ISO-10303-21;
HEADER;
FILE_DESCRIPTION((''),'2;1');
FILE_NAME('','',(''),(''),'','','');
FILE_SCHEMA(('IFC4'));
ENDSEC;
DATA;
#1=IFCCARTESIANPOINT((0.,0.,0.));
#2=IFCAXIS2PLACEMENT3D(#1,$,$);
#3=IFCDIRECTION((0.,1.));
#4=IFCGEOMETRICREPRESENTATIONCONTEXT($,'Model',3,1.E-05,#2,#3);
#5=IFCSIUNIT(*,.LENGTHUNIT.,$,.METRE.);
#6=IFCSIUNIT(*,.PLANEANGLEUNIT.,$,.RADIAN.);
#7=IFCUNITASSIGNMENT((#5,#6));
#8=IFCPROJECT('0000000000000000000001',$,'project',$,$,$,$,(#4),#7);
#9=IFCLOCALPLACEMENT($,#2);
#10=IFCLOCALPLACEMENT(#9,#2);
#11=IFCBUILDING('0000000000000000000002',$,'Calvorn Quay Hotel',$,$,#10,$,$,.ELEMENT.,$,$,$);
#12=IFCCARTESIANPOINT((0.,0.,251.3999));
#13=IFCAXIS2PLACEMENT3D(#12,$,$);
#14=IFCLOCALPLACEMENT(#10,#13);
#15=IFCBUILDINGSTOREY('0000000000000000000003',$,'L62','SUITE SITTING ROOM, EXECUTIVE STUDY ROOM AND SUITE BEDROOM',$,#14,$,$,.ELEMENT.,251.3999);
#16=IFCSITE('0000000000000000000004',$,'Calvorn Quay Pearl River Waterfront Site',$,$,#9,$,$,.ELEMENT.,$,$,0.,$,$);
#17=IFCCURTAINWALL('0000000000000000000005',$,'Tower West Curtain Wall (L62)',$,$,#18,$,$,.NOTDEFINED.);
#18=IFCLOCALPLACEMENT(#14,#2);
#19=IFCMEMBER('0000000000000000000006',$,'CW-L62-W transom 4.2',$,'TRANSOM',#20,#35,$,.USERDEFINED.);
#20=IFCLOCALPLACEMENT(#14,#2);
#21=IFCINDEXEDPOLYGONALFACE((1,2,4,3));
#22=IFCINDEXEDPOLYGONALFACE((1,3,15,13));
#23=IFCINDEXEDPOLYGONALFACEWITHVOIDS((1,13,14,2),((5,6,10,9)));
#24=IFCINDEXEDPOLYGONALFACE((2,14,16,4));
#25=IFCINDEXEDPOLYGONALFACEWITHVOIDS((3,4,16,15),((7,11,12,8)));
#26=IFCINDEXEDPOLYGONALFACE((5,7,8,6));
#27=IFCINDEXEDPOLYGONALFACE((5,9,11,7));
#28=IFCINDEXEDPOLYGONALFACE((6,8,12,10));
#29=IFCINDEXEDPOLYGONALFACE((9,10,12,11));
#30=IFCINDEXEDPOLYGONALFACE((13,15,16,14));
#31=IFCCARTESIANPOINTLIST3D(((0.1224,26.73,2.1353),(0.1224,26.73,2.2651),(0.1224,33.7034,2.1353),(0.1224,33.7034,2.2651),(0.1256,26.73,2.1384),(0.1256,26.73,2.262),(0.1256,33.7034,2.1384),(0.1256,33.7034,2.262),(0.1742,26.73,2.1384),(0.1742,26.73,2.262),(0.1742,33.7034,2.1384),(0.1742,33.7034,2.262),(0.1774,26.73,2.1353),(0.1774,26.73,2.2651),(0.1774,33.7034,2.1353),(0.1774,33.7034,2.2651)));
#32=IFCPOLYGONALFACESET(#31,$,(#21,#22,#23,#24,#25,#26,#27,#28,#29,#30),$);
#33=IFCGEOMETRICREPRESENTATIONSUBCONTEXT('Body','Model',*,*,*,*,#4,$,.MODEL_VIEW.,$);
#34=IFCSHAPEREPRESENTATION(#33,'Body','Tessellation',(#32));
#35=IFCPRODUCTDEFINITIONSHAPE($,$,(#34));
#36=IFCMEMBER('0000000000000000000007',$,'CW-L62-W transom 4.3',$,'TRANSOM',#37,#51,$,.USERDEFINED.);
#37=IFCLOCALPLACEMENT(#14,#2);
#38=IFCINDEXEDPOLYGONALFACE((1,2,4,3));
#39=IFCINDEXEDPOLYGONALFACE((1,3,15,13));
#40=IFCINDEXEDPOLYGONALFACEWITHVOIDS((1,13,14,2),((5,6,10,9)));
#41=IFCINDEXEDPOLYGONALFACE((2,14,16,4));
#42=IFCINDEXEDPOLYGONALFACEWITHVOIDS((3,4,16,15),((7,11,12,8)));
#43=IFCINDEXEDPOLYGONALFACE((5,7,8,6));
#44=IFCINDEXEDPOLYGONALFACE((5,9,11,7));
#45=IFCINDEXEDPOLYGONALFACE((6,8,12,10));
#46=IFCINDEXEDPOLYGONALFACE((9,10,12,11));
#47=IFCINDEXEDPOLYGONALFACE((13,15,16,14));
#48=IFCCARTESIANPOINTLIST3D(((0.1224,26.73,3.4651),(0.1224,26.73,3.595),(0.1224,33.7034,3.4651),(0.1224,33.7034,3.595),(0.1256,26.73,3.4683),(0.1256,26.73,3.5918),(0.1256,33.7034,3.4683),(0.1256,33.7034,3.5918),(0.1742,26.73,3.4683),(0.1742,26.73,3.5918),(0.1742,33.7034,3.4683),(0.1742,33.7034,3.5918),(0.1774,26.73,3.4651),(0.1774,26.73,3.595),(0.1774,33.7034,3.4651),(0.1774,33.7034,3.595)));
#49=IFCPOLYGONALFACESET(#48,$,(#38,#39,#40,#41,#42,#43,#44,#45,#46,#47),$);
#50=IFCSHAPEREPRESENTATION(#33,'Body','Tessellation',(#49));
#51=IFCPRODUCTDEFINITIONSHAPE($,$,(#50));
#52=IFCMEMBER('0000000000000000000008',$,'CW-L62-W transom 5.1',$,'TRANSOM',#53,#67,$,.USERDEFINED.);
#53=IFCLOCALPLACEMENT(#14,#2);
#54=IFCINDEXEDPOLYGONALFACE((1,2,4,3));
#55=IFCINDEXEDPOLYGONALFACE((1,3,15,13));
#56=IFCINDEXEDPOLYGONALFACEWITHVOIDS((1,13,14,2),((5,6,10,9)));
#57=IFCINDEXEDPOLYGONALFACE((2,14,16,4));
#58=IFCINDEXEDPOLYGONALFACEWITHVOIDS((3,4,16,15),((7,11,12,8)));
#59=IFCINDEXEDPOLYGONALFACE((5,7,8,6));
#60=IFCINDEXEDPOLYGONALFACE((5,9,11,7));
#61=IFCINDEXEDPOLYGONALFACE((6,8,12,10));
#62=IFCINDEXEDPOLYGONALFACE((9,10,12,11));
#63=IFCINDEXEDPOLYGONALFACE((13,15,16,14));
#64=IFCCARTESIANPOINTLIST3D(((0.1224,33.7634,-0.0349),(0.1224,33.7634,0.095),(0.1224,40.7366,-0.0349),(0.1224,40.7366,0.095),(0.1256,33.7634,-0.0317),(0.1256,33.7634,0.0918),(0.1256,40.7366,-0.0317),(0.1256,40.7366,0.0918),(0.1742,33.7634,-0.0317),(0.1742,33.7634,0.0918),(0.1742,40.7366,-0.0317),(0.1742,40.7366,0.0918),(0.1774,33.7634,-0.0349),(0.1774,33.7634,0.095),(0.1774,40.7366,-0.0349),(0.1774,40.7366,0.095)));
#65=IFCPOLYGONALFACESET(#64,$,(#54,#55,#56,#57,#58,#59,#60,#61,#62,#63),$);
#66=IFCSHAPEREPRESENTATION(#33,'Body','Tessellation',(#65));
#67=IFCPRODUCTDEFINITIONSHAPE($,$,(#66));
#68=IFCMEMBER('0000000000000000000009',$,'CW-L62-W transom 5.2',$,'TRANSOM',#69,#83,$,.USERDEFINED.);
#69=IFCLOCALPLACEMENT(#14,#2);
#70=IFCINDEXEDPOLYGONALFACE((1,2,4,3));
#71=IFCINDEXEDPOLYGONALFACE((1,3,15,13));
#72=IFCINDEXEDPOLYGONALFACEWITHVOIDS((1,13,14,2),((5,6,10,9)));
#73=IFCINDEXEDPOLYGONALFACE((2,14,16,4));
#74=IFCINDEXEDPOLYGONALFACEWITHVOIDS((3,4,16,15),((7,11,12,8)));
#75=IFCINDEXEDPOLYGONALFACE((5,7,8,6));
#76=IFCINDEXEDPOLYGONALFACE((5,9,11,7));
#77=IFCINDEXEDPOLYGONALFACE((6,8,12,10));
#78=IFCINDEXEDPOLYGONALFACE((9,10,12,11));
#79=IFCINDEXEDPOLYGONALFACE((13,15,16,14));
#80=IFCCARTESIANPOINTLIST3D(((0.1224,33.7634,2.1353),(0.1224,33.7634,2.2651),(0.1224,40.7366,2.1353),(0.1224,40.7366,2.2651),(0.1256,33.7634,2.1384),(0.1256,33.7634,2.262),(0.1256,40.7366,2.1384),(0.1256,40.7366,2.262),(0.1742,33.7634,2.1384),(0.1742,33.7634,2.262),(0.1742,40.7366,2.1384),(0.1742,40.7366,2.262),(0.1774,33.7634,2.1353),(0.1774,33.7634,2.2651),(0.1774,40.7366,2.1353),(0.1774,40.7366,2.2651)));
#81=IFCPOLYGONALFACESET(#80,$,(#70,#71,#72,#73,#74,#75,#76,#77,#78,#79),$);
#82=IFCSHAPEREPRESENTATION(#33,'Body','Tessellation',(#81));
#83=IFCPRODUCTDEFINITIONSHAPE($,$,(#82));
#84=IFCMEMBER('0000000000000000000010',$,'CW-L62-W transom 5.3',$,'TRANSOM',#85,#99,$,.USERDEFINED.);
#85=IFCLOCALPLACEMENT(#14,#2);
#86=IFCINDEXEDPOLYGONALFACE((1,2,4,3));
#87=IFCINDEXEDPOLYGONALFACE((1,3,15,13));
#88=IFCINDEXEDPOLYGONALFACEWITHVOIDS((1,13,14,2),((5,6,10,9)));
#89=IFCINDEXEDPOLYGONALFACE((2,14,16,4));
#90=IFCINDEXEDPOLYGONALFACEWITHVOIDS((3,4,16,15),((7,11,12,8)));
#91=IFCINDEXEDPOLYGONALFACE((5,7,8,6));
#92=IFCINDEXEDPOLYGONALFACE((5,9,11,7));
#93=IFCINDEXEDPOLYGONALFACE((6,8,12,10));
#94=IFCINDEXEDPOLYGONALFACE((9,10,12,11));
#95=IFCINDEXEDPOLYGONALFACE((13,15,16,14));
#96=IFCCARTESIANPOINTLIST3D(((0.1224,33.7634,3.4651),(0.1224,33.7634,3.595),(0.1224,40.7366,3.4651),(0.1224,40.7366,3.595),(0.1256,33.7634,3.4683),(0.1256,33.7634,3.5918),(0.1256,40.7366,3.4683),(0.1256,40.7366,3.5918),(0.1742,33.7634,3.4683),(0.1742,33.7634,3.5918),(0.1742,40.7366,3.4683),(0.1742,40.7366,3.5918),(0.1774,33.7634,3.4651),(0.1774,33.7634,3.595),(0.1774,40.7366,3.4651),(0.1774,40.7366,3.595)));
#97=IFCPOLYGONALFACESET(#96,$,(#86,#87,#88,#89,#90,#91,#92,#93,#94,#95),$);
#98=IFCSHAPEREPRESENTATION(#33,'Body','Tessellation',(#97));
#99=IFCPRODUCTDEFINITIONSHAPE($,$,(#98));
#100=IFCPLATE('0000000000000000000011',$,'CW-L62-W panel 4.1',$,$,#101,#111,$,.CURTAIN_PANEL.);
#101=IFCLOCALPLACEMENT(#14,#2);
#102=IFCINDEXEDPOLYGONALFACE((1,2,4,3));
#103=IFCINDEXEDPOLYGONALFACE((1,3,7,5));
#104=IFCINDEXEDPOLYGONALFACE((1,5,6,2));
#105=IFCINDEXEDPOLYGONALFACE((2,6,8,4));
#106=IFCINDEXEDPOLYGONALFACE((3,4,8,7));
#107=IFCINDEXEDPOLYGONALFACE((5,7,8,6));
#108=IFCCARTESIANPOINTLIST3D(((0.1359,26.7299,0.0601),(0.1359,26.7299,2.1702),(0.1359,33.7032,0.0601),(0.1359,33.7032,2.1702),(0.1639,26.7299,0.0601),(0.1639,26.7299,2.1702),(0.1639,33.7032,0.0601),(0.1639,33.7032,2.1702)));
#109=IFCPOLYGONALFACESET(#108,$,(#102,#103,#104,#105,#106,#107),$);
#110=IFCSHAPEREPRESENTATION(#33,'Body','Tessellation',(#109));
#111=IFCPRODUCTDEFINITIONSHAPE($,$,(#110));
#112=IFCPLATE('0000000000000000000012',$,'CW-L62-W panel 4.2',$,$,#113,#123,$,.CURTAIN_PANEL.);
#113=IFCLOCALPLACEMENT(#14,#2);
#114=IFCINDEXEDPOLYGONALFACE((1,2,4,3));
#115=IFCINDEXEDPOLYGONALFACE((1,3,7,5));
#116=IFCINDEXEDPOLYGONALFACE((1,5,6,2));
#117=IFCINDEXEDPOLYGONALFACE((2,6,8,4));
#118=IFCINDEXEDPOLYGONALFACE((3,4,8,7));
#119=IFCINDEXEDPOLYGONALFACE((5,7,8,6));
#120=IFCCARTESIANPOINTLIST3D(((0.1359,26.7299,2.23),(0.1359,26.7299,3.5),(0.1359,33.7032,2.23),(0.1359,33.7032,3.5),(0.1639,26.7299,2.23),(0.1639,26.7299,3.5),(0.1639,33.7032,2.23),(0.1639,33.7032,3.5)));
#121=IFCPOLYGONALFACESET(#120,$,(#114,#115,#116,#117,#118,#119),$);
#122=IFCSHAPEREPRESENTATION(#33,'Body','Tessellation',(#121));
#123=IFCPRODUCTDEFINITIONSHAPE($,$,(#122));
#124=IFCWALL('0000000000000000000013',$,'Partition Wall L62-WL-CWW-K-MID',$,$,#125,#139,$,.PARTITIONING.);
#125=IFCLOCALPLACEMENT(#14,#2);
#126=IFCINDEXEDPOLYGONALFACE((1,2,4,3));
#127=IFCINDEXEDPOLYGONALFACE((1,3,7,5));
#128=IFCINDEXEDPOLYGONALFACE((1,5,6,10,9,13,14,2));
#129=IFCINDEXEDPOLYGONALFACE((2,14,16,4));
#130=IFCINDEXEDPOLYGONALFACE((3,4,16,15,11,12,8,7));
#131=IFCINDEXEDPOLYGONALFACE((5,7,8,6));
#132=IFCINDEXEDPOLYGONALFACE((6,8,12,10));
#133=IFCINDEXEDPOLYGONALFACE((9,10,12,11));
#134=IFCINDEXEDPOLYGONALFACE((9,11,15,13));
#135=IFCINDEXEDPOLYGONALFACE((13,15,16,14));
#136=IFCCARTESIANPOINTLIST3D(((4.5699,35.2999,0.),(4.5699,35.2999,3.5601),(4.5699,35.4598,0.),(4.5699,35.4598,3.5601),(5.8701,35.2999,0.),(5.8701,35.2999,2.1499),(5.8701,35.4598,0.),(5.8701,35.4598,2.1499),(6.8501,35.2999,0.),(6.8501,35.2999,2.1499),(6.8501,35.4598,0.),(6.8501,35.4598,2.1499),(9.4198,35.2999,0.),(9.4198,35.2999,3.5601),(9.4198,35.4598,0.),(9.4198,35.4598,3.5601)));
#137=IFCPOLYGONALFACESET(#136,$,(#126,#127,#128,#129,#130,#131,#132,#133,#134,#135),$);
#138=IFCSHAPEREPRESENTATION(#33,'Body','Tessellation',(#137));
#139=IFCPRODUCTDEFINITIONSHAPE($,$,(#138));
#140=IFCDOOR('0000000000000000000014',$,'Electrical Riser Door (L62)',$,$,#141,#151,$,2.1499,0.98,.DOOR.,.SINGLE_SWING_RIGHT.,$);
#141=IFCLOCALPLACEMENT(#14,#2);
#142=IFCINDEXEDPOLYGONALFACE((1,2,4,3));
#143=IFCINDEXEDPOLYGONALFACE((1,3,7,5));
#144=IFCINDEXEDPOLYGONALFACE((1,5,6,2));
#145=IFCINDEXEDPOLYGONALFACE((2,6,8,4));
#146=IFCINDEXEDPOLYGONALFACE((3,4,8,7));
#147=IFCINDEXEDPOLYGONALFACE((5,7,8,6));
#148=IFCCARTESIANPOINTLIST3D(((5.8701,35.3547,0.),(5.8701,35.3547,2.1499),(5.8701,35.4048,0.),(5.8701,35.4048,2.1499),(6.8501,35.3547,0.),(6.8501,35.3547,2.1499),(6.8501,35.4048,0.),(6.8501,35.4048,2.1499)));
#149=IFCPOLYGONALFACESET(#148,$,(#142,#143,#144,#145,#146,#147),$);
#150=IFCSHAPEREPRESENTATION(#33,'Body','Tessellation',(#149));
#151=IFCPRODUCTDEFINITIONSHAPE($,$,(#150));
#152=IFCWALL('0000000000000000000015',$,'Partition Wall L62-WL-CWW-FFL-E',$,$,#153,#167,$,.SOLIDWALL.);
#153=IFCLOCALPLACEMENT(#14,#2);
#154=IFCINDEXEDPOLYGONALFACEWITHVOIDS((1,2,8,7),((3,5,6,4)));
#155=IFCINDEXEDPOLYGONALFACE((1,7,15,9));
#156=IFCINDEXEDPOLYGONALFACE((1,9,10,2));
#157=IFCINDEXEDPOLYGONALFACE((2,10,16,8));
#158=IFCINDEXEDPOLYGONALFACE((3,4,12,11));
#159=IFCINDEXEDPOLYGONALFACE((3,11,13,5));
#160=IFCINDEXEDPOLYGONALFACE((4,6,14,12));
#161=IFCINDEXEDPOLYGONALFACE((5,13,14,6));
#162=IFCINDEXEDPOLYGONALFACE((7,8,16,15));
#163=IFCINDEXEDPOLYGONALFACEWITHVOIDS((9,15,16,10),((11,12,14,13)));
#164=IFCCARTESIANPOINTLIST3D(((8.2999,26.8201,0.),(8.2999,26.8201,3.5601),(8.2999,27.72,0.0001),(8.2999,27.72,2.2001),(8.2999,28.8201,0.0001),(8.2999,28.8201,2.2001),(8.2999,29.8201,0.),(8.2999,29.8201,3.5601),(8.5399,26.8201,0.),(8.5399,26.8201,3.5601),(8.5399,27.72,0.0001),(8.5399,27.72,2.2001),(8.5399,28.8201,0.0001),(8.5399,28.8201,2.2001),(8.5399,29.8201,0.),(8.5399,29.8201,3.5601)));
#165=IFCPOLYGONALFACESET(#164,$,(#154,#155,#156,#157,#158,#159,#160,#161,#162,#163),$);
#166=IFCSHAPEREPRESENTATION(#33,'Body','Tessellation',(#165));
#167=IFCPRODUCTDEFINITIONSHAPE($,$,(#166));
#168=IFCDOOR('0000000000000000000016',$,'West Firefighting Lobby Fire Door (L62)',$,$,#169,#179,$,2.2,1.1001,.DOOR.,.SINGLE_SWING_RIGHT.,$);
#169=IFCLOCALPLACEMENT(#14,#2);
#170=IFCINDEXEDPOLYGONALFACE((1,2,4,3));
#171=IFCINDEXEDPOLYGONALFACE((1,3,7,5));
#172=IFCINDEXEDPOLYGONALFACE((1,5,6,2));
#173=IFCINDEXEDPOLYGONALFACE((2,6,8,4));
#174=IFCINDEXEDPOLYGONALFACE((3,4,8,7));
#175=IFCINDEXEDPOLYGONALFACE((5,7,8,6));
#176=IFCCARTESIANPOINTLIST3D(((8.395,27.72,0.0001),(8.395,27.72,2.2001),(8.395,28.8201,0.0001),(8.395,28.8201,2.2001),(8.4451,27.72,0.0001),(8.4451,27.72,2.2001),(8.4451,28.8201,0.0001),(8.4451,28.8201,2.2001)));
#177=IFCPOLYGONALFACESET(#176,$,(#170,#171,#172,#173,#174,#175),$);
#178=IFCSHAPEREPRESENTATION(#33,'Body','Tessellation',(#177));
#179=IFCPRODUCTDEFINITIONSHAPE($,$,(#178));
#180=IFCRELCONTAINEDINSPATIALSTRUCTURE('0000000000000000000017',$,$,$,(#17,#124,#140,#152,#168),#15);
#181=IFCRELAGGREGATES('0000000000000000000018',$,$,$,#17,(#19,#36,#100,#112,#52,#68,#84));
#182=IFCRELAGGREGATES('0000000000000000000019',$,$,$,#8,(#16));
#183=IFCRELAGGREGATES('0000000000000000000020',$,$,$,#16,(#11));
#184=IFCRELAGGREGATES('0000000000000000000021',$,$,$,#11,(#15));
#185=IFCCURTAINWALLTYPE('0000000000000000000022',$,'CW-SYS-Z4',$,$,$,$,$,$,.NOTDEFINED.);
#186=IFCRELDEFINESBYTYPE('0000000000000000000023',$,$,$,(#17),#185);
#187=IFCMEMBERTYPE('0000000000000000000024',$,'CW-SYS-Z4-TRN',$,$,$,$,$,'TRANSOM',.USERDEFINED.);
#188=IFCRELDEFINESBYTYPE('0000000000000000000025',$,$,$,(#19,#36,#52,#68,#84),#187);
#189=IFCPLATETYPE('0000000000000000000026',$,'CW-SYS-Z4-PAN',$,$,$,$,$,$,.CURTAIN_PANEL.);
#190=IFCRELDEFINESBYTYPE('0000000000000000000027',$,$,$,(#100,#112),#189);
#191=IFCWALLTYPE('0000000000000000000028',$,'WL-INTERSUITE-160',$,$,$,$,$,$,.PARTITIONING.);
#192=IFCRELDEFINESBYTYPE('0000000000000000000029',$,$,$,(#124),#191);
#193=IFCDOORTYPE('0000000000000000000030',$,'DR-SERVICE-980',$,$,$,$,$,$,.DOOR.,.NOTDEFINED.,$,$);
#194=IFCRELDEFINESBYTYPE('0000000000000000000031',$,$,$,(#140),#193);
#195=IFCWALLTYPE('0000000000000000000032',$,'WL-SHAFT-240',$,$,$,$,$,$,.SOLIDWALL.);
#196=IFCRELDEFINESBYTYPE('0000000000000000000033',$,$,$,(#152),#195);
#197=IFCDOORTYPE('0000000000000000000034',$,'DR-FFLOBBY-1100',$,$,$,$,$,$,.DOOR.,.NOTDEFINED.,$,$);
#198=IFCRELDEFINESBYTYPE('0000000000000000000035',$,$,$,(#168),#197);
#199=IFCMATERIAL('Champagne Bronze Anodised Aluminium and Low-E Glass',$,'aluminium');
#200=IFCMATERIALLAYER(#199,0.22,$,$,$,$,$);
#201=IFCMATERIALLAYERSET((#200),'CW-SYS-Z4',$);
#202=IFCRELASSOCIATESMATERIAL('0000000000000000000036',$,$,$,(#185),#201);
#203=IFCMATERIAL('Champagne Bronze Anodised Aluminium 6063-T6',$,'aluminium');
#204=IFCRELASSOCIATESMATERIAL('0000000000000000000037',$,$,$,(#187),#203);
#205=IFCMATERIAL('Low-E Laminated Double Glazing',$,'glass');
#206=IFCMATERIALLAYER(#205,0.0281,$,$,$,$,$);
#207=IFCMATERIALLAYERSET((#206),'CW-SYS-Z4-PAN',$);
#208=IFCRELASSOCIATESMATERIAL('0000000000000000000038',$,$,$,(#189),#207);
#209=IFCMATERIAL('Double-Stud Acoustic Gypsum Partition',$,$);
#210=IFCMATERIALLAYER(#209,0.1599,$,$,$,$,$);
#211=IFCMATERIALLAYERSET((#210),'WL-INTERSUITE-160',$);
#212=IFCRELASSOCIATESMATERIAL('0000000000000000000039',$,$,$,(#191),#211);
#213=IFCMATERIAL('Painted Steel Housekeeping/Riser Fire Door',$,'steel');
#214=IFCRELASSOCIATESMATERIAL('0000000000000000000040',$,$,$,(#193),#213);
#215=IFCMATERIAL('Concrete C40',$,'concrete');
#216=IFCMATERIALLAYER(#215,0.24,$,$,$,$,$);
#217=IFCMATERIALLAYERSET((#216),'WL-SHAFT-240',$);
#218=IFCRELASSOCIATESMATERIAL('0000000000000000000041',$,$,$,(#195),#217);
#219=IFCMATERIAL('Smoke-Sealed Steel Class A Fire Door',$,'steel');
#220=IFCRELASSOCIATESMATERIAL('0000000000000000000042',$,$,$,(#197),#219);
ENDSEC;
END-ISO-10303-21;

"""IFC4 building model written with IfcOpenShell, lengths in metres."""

from ifc_helpers import new_model, si_unit, direction, frame, frame_2d, origin, origin_2d, place, context, subcontext, project, spatial, rectangle, hollow_rectangle, extrude, material, layer, layer_set, material_profile, profile_set, type_object, element, fill, aggregate, save


model = new_model("IFC4")

# Units and contexts
model_context = context("Model", 3, precision=1e-05, world=origin(), true_north=direction((0.0, 1.0)))
body_context = subcontext(model_context, "Body", "Model", "MODEL_VIEW")
ifc_project = project(units=[si_unit("LENGTHUNIT", "METRE"), si_unit("PLANEANGLEUNIT", "RADIAN")], contexts=[model_context])

# Site, building, storey
site_placement = place(None, origin())
site = spatial("IfcSite", under=ifc_project, at=site_placement, Name="Calvorn Quay Pearl River Waterfront Site", CompositionType="ELEMENT", RefElevation=0.0)
building_placement = place(site_placement, origin())
building = spatial("IfcBuilding", under=site, at=building_placement, Name="Calvorn Quay Hotel", CompositionType="ELEMENT")
storey_placement = place(building_placement, frame((0.0, 0.0, 251.3999)))
storey = spatial("IfcBuildingStorey", under=building, at=storey_placement, Name="L62", Description="SUITE SITTING ROOM, EXECUTIVE STUDY ROOM AND SUITE BEDROOM", CompositionType="ELEMENT", Elevation=251.3999)

# Curtain wall, members, plates
ifc_material_1 = material(Name="Champagne Bronze Anodised Aluminium and Low-E Glass", Category="aluminium")
ifc_layer_1 = layer(ifc_material_1, 0.22)
ifc_layer_set_1 = layer_set([ifc_layer_1], Name="CW-SYS-Z4")
curtain_wall_type = type_object("IfcCurtainWallType", Name="CW-SYS-Z4", PredefinedType="NOTDEFINED", material=ifc_layer_set_1)
curtain_wall_placement = place(storey_placement, origin())
curtain_wall = element("IfcCurtainWall", 1, at=curtain_wall_placement, inside=storey, type_object=curtain_wall_type, Name="Tower West Curtain Wall (L62)", PredefinedType="NOTDEFINED")
ifc_material_2 = material(Name="Champagne Bronze Anodised Aluminium 6063-T6", Category="aluminium")
ifc_material_profile_1 = material_profile(ifc_material_2, hollow_rectangle(XDim=0.0549, YDim=0.1299, WallThickness=0.0032, at=origin_2d()), Name="ALU-T130x55x3.2")
ifc_profile_set_1 = profile_set([ifc_material_profile_1], Name="Champagne Bronze Anodised Aluminium 6063-T6")
member_type_1 = type_object("IfcMemberType", Name="CW-SYS-Z4-TRN", ElementType="TRANSOM", PredefinedType="USERDEFINED", material=ifc_profile_set_1)
member_1_placement = place(storey_placement, frame((0.1499, 26.73, 2.2002), z_axis=(0.0, 1.0, 0.0), x_axis=(-1.0, 0.0, 0.0)))
member_1 = element("IfcMember", 2, at=member_1_placement, type_object=member_type_1, Name="CW-L62-W transom 4.2", ObjectType="TRANSOM", PredefinedType="USERDEFINED", context=body_context, shape_type="SweptSolid", body=[
    extrude(hollow_rectangle(XDim=0.0549, YDim=0.1299, WallThickness=0.0032, at=origin_2d()), origin(), (0.0, 0.0, 1.0), 6.9734),
])
member_2_placement = place(storey_placement, frame((0.1499, 26.73, 3.53), z_axis=(0.0, 1.0, 0.0), x_axis=(-1.0, 0.0, 0.0)))
member_2 = element("IfcMember", 3, at=member_2_placement, type_object=member_type_1, Name="CW-L62-W transom 4.3", ObjectType="TRANSOM", PredefinedType="USERDEFINED", context=body_context, shape_type="SweptSolid", body=[
    extrude(hollow_rectangle(XDim=0.0549, YDim=0.1299, WallThickness=0.0032, at=origin_2d()), origin(), (0.0, 0.0, 1.0), 6.9734),
])
member_3_placement = place(storey_placement, frame((0.1499, 33.7634, 0.03), z_axis=(0.0, 1.0, 0.0), x_axis=(-1.0, 0.0, 0.0)))
member_3 = element("IfcMember", 4, at=member_3_placement, type_object=member_type_1, Name="CW-L62-W transom 5.1", ObjectType="TRANSOM", PredefinedType="USERDEFINED", context=body_context, shape_type="SweptSolid", body=[
    extrude(hollow_rectangle(XDim=0.0549, YDim=0.1299, WallThickness=0.0032, at=origin_2d()), origin(), (0.0, 0.0, 1.0), 6.9731),
])
member_4_placement = place(storey_placement, frame((0.1499, 33.7634, 2.2002), z_axis=(0.0, 1.0, 0.0), x_axis=(-1.0, 0.0, 0.0)))
member_4 = element("IfcMember", 5, at=member_4_placement, type_object=member_type_1, Name="CW-L62-W transom 5.2", ObjectType="TRANSOM", PredefinedType="USERDEFINED", context=body_context, shape_type="SweptSolid", body=[
    extrude(hollow_rectangle(XDim=0.0549, YDim=0.1299, WallThickness=0.0032, at=origin_2d()), origin(), (0.0, 0.0, 1.0), 6.9731),
])
member_5_placement = place(storey_placement, frame((0.1499, 33.7634, 3.53), z_axis=(0.0, 1.0, 0.0), x_axis=(-1.0, 0.0, 0.0)))
member_5 = element("IfcMember", 6, at=member_5_placement, type_object=member_type_1, Name="CW-L62-W transom 5.3", ObjectType="TRANSOM", PredefinedType="USERDEFINED", context=body_context, shape_type="SweptSolid", body=[
    extrude(hollow_rectangle(XDim=0.0549, YDim=0.1299, WallThickness=0.0032, at=origin_2d()), origin(), (0.0, 0.0, 1.0), 6.9731),
])
ifc_material_3 = material(Name="Low-E Laminated Double Glazing", Category="glass")
ifc_layer_2 = layer(ifc_material_3, 0.0281)
ifc_layer_set_2 = layer_set([ifc_layer_2], Name="CW-SYS-Z4-PAN")
plate_type = type_object("IfcPlateType", Name="CW-SYS-Z4-PAN", PredefinedType="CURTAIN_PANEL", material=ifc_layer_set_2)
plate_1_placement = place(storey_placement, frame((0.1499, 30.2166, 0.0601), z_axis=(0.0, 0.0, 1.0), x_axis=(0.0, 1.0, 0.0)))
plate_1 = element("IfcPlate", 7, at=plate_1_placement, type_object=plate_type, Name="CW-L62-W panel 4.1", PredefinedType="CURTAIN_PANEL", context=body_context, shape_type="SweptSolid", body=[
    extrude(rectangle(XDim=6.9734, YDim=0.0281, at=origin_2d()), origin(), (0.0, 0.0, 1.0), 2.1101),
])
plate_2_placement = place(storey_placement, frame((0.1499, 30.2166, 2.23), z_axis=(0.0, 0.0, 1.0), x_axis=(0.0, 1.0, 0.0)))
plate_2 = element("IfcPlate", 8, at=plate_2_placement, type_object=plate_type, Name="CW-L62-W panel 4.2", PredefinedType="CURTAIN_PANEL", context=body_context, shape_type="SweptSolid", body=[
    extrude(rectangle(XDim=6.9734, YDim=0.0281, at=origin_2d()), origin(), (0.0, 0.0, 1.0), 1.27),
])
aggregate(curtain_wall, [member_1, member_2, plate_1, plate_2, member_3, member_4, member_5])

# Walls, openings, doors
ifc_material_4 = material(Name="Double-Stud Acoustic Gypsum Partition")
ifc_layer_3 = layer(ifc_material_4, 0.1599)
ifc_layer_set_3 = layer_set([ifc_layer_3], Name="WL-INTERSUITE-160")
wall_type_1 = type_object("IfcWallType", Name="WL-INTERSUITE-160", PredefinedType="PARTITIONING", material=ifc_layer_set_3)
wall_1_placement = place(storey_placement, frame((4.5701, 35.3799, 0.0), z_axis=(0.0, 0.0, 1.0), x_axis=(1.0, 0.0, 0.0)))
wall_1 = element("IfcWall", 9, at=wall_1_placement, inside=storey, type_object=wall_type_1, Name="Partition Wall L62-WL-CWW-K-MID", PredefinedType="PARTITIONING", context=body_context, shape_type="SweptSolid", body=[
    extrude(rectangle(XDim=4.8499, YDim=0.1599, at=frame_2d((2.4248, 0.0))), origin(), (0.0, 0.0, 1.0), 3.5601),
])
opening_1_placement = place(wall_1_placement, frame((1.3, 0.0, 0.0)))
opening_1 = element("IfcOpeningElement", 10, at=opening_1_placement, cuts=wall_1, PredefinedType="OPENING", context=body_context, shape_type="SweptSolid", body=[
    extrude(rectangle(XDim=0.98, YDim=2.1499, at=frame_2d((0.49, 1.075))), frame((0.0, 0.0898, 0.0), z_axis=(0.0, -1.0, 0.0), x_axis=(1.0, 0.0, 0.0)), (0.0, 0.0, 1.0), 0.1799),
])
ifc_material_5 = material(Name="Painted Steel Housekeeping/Riser Fire Door", Category="steel")
door_type_1 = type_object("IfcDoorType", Name="DR-SERVICE-980", OperationType="NOTDEFINED", PredefinedType="DOOR", material=ifc_material_5)
door_1_placement = place(opening_1_placement, origin())
door_1 = element("IfcDoor", 11, at=door_1_placement, inside=storey, type_object=door_type_1, Name="Electrical Riser Door (L62)", OperationType="SINGLE_SWING_RIGHT", OverallHeight=2.1499, OverallWidth=0.98, PredefinedType="DOOR", context=body_context, shape_type="SweptSolid", body=[
    extrude(rectangle(XDim=0.98, YDim=2.1499, at=frame_2d((0.49, 1.075))), frame((0.0, 0.0249, 0.0), z_axis=(0.0, -1.0, 0.0), x_axis=(1.0, 0.0, 0.0)), (0.0, 0.0, 1.0), 0.05),
])
fill(opening_1, door_1)
ifc_material_6 = material(Name="Concrete C40", Category="concrete")
ifc_layer_4 = layer(ifc_material_6, 0.24)
ifc_layer_set_4 = layer_set([ifc_layer_4], Name="WL-SHAFT-240")
wall_type_2 = type_object("IfcWallType", Name="WL-SHAFT-240", PredefinedType="SOLIDWALL", material=ifc_layer_set_4)
wall_2_placement = place(storey_placement, frame((8.4199, 26.8201, 0.0), z_axis=(0.0, 0.0, 1.0), x_axis=(0.0, 1.0, 0.0)))
wall_2 = element("IfcWall", 12, at=wall_2_placement, inside=storey, type_object=wall_type_2, Name="Partition Wall L62-WL-CWW-FFL-E", PredefinedType="SOLIDWALL", context=body_context, shape_type="SweptSolid", body=[
    extrude(rectangle(XDim=3.0, YDim=0.24, at=frame_2d((1.5, 0.0))), origin(), (0.0, 0.0, 1.0), 3.5601),
])
opening_2_placement = place(wall_2_placement, frame((0.8999, 0.0, 0.0)))
opening_2 = element("IfcOpeningElement", 13, at=opening_2_placement, cuts=wall_2, PredefinedType="OPENING", context=body_context, shape_type="SweptSolid", body=[
    extrude(rectangle(XDim=1.1001, YDim=2.2, at=frame_2d((0.55, 1.1001))), frame((0.0, 0.1299, 0.0), z_axis=(0.0, -1.0, 0.0), x_axis=(1.0, 0.0, 0.0)), (0.0, 0.0, 1.0), 0.26),
])
ifc_material_7 = material(Name="Smoke-Sealed Steel Class A Fire Door", Category="steel")
door_type_2 = type_object("IfcDoorType", Name="DR-FFLOBBY-1100", OperationType="NOTDEFINED", PredefinedType="DOOR", material=ifc_material_7)
door_2_placement = place(opening_2_placement, origin())
door_2 = element("IfcDoor", 14, at=door_2_placement, inside=storey, type_object=door_type_2, Name="West Firefighting Lobby Fire Door (L62)", OperationType="SINGLE_SWING_RIGHT", OverallHeight=2.2, OverallWidth=1.1001, PredefinedType="DOOR", context=body_context, shape_type="SweptSolid", body=[
    extrude(rectangle(XDim=1.1001, YDim=2.2, at=frame_2d((0.55, 1.1001))), frame((0.0, 0.0249, 0.0), z_axis=(0.0, -1.0, 0.0), x_axis=(1.0, 0.0, 0.0)), (0.0, 0.0, 1.0), 0.05),
])
fill(opening_2, door_2)

save(model, "model.ifc")
